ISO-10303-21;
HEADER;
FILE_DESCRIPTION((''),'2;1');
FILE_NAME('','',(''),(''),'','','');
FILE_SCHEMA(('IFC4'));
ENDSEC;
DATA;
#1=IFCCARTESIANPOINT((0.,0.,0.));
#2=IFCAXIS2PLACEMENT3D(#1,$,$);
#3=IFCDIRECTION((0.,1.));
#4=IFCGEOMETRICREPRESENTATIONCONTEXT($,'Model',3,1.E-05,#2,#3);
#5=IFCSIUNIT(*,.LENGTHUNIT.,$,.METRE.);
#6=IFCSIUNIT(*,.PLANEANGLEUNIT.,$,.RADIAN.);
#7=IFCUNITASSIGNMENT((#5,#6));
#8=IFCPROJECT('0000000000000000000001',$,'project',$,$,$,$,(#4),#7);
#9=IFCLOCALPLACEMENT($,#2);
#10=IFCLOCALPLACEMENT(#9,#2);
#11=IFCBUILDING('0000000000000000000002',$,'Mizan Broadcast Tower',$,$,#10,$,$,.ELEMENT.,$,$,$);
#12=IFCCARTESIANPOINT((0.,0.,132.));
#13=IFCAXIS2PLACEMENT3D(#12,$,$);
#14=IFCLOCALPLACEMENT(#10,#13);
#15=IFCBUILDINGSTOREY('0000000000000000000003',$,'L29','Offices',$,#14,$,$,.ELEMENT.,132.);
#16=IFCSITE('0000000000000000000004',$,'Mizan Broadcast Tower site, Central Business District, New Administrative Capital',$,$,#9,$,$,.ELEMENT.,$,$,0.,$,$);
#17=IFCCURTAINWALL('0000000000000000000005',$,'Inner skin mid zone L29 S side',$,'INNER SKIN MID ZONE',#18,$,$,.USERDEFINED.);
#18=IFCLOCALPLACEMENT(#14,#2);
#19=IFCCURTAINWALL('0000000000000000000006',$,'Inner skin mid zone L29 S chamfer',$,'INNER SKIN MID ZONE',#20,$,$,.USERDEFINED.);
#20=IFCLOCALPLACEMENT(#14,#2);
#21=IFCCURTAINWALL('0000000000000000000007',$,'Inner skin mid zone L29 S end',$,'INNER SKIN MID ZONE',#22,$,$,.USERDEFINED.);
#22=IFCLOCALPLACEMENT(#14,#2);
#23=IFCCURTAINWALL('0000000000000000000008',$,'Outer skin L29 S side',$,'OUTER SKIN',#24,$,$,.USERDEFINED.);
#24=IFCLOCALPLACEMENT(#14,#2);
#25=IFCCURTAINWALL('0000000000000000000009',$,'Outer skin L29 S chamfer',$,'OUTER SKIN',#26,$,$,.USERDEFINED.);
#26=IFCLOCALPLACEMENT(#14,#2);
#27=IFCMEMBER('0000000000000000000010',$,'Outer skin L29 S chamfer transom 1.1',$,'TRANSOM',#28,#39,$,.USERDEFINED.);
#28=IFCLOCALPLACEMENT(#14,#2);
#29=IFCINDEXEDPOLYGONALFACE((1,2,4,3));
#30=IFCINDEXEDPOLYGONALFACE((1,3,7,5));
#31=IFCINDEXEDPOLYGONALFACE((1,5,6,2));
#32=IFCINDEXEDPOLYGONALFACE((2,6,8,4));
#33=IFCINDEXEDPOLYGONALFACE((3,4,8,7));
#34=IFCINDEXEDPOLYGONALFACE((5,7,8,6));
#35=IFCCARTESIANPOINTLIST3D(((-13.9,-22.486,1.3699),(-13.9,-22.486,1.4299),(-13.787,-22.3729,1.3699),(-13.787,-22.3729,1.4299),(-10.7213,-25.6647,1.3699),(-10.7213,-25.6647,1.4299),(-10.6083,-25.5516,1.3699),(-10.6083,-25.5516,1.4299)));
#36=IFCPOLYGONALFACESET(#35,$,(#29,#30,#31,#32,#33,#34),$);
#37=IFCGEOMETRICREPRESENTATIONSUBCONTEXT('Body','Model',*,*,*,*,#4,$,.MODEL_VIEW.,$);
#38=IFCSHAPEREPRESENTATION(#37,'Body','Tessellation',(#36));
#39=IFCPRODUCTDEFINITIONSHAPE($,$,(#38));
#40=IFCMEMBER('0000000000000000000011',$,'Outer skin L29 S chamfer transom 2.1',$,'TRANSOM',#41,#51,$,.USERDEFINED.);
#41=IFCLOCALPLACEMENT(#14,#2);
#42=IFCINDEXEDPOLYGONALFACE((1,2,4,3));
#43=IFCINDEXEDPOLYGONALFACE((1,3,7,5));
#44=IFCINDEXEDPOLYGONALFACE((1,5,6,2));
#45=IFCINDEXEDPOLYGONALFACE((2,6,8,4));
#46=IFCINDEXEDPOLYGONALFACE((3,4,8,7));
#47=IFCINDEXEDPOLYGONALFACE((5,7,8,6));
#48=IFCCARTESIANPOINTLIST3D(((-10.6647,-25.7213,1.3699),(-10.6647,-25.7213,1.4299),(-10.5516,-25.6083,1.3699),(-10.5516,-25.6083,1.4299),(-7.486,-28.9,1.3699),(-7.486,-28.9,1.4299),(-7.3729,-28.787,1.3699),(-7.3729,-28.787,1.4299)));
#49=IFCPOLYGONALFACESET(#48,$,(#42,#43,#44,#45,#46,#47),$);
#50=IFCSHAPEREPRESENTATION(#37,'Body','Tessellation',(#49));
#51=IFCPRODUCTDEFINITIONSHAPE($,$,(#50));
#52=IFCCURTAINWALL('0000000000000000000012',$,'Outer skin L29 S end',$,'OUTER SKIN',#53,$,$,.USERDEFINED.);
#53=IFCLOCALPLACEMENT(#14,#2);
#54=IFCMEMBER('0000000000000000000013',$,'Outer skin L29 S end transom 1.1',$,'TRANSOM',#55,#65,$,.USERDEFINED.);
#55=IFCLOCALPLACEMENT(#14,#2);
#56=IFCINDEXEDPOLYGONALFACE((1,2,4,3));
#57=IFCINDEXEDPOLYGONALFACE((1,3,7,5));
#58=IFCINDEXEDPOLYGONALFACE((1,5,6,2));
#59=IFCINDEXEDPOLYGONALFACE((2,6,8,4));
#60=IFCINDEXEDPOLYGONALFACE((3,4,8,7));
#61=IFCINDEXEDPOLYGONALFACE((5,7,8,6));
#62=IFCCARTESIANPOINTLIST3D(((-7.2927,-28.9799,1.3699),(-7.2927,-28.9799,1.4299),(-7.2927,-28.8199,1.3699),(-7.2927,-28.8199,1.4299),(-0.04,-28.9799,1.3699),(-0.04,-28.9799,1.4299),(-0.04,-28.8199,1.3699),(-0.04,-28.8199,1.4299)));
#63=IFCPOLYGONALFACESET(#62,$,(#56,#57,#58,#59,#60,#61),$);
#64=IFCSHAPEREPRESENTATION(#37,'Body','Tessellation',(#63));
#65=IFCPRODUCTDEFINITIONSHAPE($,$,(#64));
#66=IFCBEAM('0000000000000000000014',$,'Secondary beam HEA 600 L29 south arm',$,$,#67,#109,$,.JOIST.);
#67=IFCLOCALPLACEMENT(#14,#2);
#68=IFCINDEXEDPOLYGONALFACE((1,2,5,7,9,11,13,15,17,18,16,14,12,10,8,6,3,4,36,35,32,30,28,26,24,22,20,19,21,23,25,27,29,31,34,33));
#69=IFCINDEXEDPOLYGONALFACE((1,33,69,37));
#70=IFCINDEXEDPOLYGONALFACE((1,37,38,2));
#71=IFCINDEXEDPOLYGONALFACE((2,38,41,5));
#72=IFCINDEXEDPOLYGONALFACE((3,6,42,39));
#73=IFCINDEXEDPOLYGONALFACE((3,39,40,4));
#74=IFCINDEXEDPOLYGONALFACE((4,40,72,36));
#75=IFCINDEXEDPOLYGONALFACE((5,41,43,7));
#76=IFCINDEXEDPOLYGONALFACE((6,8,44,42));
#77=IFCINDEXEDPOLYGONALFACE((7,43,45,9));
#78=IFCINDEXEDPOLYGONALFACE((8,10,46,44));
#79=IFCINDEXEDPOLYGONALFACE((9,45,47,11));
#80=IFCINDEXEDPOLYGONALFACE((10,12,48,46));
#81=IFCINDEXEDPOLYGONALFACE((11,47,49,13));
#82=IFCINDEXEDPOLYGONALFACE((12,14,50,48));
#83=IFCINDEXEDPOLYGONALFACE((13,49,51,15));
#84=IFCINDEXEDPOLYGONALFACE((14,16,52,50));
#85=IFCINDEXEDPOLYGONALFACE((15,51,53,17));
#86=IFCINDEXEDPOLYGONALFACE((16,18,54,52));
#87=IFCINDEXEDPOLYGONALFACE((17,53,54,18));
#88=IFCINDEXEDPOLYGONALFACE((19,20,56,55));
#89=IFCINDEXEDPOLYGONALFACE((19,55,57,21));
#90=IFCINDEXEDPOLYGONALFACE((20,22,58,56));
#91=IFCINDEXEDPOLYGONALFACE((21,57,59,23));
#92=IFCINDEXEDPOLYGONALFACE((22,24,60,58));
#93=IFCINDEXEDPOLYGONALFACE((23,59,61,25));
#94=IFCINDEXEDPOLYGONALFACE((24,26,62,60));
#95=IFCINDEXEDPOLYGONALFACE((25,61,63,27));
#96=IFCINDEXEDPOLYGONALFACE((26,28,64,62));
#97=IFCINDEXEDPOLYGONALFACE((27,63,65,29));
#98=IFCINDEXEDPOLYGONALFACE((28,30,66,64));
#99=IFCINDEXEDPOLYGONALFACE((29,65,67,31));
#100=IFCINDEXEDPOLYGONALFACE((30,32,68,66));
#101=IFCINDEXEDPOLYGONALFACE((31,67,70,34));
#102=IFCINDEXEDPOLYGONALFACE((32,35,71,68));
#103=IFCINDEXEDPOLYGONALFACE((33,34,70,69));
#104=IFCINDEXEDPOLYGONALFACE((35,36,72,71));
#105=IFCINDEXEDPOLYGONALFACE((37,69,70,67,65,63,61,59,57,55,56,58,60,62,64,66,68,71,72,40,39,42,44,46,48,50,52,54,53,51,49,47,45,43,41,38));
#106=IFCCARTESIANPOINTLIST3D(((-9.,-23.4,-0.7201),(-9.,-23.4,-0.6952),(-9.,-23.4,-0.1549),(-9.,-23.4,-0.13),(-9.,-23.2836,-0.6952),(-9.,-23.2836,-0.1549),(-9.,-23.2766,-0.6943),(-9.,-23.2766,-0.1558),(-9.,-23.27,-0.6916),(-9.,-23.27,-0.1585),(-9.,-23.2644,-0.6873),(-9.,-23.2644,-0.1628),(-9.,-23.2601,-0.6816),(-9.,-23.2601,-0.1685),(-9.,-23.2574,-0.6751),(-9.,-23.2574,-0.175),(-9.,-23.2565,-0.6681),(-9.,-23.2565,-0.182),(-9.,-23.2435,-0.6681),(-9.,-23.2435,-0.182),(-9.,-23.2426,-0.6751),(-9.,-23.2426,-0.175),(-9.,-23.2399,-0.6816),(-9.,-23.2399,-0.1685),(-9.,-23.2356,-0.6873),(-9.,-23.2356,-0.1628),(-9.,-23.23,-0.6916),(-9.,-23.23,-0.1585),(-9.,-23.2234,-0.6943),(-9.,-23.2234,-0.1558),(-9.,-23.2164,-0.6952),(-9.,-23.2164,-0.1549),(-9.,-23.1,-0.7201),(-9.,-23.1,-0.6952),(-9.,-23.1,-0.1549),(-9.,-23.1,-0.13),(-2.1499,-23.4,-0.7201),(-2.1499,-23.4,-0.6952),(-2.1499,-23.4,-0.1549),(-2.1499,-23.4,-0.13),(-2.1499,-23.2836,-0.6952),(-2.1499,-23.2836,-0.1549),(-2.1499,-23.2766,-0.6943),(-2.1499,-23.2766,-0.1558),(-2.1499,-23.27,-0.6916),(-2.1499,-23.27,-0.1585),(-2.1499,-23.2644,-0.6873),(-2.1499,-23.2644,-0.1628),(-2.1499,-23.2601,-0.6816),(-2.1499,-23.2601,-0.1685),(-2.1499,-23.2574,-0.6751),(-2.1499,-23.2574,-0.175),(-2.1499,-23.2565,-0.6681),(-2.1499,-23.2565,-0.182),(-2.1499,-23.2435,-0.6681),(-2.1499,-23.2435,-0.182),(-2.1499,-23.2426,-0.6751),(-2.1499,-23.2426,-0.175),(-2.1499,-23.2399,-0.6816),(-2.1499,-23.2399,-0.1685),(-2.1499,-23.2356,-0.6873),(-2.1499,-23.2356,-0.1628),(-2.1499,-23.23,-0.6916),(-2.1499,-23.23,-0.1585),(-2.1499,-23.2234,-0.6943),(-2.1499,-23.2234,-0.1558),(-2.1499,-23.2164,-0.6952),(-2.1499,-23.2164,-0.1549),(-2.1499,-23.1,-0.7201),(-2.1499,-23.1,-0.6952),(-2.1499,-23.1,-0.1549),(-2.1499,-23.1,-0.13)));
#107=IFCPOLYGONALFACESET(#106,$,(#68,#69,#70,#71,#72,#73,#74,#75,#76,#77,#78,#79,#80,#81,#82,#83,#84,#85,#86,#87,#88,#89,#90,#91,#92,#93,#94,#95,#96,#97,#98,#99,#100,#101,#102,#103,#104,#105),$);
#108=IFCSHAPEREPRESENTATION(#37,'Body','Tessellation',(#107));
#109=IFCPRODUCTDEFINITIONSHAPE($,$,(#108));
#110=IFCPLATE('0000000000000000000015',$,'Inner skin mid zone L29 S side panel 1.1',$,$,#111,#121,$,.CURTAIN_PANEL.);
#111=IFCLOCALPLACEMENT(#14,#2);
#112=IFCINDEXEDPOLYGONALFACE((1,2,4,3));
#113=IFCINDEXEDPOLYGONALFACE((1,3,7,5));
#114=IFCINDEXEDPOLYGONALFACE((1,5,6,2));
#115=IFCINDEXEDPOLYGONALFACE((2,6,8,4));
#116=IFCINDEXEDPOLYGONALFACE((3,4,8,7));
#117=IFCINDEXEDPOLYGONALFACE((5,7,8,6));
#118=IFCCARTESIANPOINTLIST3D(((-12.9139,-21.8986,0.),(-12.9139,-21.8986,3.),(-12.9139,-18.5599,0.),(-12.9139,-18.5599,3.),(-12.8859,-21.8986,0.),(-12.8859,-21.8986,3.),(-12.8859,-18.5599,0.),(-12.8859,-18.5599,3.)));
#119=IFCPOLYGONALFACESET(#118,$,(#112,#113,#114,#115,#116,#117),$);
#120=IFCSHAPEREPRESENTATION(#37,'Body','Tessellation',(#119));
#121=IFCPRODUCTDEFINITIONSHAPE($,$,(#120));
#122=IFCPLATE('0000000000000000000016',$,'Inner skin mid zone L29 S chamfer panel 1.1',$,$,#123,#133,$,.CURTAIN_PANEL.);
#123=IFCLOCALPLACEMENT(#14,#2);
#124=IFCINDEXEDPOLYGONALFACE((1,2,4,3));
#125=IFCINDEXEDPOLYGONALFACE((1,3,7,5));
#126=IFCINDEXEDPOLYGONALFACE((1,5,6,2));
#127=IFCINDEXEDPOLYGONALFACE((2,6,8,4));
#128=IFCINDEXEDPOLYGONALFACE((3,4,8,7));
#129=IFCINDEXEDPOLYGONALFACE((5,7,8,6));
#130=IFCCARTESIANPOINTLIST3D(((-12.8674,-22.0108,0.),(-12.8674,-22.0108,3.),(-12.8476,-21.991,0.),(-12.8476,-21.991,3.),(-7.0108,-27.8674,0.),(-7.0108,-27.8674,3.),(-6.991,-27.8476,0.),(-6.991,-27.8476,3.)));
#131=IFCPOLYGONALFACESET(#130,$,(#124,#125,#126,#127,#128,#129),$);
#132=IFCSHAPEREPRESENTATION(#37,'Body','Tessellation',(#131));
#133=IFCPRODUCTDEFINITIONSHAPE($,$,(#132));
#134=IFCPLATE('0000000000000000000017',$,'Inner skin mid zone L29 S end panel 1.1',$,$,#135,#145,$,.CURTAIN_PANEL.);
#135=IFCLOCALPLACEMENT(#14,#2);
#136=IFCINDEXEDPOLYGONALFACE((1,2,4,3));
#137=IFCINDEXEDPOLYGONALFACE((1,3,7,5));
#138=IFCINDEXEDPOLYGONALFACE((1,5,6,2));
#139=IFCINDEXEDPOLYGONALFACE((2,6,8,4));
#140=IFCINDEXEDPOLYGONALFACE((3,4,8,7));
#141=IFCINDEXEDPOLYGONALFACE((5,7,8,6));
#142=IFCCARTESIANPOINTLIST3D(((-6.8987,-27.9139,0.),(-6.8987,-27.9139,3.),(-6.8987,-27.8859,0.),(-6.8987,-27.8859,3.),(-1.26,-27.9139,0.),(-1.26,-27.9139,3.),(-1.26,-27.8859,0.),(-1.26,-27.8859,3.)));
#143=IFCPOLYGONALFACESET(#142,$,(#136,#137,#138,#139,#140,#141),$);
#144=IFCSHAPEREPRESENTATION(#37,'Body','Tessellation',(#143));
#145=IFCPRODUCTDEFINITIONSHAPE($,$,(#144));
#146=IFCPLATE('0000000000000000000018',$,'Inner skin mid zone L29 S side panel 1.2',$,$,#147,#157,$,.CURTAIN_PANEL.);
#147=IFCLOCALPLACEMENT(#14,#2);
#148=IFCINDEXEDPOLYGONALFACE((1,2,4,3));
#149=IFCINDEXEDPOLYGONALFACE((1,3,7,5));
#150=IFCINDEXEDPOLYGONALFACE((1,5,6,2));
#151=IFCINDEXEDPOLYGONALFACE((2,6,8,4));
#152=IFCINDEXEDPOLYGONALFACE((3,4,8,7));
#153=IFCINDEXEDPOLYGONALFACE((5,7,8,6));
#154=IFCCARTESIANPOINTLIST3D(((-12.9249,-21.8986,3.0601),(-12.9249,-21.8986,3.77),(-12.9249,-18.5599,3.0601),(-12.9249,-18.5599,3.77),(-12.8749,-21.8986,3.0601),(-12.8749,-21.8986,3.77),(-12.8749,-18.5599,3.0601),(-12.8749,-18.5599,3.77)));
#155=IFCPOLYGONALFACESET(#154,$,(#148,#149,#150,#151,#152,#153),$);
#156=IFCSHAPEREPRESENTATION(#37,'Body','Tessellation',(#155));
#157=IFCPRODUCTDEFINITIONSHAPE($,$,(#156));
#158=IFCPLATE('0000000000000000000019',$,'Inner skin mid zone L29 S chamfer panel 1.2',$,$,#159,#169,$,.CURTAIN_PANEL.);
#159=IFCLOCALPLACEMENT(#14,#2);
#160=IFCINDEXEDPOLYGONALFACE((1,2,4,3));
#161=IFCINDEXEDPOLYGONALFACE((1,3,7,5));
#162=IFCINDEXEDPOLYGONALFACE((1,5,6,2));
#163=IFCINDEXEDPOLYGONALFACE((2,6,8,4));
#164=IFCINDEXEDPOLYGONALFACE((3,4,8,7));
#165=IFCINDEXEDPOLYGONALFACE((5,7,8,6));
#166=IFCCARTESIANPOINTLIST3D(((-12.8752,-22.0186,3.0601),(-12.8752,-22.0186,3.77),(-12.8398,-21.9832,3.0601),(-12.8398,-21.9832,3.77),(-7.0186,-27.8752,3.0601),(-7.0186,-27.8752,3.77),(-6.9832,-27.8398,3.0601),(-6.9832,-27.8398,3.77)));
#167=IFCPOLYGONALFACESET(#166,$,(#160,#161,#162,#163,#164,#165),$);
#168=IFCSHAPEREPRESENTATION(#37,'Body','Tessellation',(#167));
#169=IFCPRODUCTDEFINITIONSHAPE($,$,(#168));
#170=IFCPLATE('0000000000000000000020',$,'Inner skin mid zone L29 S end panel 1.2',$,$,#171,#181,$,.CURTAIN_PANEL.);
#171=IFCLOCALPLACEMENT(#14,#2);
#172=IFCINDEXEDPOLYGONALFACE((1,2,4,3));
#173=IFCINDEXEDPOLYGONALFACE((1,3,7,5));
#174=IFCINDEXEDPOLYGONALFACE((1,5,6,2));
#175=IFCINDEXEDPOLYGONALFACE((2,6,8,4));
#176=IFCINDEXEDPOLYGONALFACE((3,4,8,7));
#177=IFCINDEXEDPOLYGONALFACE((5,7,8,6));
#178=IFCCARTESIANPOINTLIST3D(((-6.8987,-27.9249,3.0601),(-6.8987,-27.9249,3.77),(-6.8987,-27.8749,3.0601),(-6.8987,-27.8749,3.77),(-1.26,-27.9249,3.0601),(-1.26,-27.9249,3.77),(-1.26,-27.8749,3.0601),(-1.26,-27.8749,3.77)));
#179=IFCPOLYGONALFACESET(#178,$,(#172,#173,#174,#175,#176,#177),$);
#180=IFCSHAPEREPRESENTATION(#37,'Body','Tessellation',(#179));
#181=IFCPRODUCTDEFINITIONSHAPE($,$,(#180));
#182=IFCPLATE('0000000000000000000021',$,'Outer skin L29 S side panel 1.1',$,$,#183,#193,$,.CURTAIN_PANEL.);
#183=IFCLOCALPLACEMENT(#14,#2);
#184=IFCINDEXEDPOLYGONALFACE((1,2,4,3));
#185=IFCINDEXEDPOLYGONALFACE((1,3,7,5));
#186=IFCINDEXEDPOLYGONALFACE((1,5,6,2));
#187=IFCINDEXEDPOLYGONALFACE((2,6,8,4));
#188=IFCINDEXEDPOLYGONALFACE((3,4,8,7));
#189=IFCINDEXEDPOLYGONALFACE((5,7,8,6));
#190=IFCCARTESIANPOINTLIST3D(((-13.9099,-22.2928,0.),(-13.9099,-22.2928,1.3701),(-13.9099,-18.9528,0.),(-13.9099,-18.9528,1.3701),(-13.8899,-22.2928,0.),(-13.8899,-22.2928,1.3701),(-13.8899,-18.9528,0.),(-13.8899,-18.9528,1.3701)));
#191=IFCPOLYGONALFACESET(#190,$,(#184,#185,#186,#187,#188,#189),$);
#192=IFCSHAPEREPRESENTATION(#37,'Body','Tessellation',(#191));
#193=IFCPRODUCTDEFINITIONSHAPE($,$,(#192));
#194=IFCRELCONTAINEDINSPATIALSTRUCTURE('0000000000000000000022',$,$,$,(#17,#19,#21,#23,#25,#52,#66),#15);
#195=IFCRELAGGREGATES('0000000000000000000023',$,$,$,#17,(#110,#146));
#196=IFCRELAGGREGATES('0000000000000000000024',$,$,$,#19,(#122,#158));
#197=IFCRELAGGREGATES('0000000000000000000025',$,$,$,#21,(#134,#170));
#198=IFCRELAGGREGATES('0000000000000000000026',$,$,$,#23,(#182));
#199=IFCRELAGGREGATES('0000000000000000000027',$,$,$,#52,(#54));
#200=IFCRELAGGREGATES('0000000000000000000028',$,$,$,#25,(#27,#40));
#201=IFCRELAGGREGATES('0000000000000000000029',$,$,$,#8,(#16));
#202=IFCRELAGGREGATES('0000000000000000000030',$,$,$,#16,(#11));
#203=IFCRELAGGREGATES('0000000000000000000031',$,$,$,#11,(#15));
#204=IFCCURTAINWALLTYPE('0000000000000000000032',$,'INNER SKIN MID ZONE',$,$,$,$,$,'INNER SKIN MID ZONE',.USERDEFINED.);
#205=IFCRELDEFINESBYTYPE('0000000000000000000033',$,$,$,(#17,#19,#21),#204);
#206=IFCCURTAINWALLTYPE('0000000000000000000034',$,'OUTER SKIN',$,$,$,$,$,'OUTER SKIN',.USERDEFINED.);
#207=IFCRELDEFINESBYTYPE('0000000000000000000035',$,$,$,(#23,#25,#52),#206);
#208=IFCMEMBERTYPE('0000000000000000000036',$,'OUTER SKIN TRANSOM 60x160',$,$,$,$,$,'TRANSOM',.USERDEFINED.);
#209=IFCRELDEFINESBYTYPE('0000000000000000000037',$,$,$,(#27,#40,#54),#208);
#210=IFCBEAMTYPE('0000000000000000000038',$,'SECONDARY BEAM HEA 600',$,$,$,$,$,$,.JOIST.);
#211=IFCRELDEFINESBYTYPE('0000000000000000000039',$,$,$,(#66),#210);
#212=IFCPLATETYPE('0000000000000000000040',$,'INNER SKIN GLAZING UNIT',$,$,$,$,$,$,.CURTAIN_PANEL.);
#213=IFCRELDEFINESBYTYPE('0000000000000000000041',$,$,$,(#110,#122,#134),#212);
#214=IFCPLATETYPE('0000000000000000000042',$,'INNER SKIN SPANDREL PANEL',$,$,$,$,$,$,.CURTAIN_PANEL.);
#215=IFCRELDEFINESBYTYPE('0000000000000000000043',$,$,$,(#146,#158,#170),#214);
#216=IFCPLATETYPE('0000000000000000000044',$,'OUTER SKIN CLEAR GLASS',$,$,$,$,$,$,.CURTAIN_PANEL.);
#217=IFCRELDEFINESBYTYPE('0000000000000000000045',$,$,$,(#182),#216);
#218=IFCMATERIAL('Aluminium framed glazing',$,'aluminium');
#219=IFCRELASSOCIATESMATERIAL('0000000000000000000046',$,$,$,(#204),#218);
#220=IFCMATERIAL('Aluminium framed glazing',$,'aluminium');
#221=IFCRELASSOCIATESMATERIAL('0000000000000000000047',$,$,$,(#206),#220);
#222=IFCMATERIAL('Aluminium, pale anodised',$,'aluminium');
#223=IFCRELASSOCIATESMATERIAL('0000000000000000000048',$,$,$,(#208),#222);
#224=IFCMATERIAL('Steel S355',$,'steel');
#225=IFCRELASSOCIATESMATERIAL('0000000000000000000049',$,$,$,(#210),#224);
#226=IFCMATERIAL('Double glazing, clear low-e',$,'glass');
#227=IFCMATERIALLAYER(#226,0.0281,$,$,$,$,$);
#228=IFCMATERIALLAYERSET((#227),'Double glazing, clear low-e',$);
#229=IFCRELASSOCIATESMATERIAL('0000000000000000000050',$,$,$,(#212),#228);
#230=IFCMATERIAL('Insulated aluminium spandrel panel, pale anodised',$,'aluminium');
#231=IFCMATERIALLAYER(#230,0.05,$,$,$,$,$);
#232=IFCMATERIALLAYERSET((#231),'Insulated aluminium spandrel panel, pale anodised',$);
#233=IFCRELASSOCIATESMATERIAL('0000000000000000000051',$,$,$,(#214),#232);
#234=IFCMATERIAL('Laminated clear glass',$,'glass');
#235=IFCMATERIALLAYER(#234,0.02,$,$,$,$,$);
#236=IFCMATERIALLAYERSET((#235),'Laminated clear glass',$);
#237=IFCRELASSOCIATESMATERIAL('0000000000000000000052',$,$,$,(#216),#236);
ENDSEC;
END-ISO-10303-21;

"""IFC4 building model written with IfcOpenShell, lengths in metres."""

from ifc_helpers import new_model, si_unit, direction, frame, origin, origin_2d, place, context, subcontext, project, spatial, rectangle, i_section, extrude, material, layer, layer_set, material_profile, profile_set, type_object, element, aggregate, save


model = new_model("IFC4")

# Units and contexts
model_context = context("Model", 3, precision=1e-05, world=origin(), true_north=direction((0.0, 1.0)))
body_context = subcontext(model_context, "Body", "Model", "MODEL_VIEW")
ifc_project = project(units=[si_unit("LENGTHUNIT", "METRE"), si_unit("PLANEANGLEUNIT", "RADIAN")], contexts=[model_context])

# Site, building, storey
site_placement = place(None, origin())
site = spatial("IfcSite", under=ifc_project, at=site_placement, Name="Mizan Broadcast Tower site, Central Business District, New Administrative Capital", CompositionType="ELEMENT", RefElevation=0.0)
building_placement = place(site_placement, origin())
building = spatial("IfcBuilding", under=site, at=building_placement, Name="Mizan Broadcast Tower", CompositionType="ELEMENT")
storey_placement = place(building_placement, frame((0.0, 0.0, 132.0)))
storey = spatial("IfcBuildingStorey", under=building, at=storey_placement, Name="L29", Description="Offices", CompositionType="ELEMENT", Elevation=132.0)

# Curtain walls
ifc_material_1 = material(Name="Aluminium framed glazing", Category="aluminium")
curtain_wall_type_1 = type_object("IfcCurtainWallType", Name="INNER SKIN MID ZONE", ElementType="INNER SKIN MID ZONE", PredefinedType="USERDEFINED", material=ifc_material_1)
curtain_wall_1_placement = place(storey_placement, origin())
curtain_wall_1 = element("IfcCurtainWall", 1, at=curtain_wall_1_placement, inside=storey, type_object=curtain_wall_type_1, Name="Inner skin mid zone L29 S side", ObjectType="INNER SKIN MID ZONE", PredefinedType="USERDEFINED")
curtain_wall_2_placement = place(storey_placement, origin())
curtain_wall_2 = element("IfcCurtainWall", 2, at=curtain_wall_2_placement, inside=storey, type_object=curtain_wall_type_1, Name="Inner skin mid zone L29 S chamfer", ObjectType="INNER SKIN MID ZONE", PredefinedType="USERDEFINED")
curtain_wall_3_placement = place(storey_placement, origin())
curtain_wall_3 = element("IfcCurtainWall", 3, at=curtain_wall_3_placement, inside=storey, type_object=curtain_wall_type_1, Name="Inner skin mid zone L29 S end", ObjectType="INNER SKIN MID ZONE", PredefinedType="USERDEFINED")

# Curtain wall
ifc_material_2 = material(Name="Aluminium framed glazing", Category="aluminium")
curtain_wall_type_2 = type_object("IfcCurtainWallType", Name="OUTER SKIN", ElementType="OUTER SKIN", PredefinedType="USERDEFINED", material=ifc_material_2)
curtain_wall_4_placement = place(storey_placement, origin())
curtain_wall_4 = element("IfcCurtainWall", 4, at=curtain_wall_4_placement, inside=storey, type_object=curtain_wall_type_2, Name="Outer skin L29 S side", ObjectType="OUTER SKIN", PredefinedType="USERDEFINED")

# Curtain wall, members
curtain_wall_5_placement = place(storey_placement, origin())
curtain_wall_5 = element("IfcCurtainWall", 5, at=curtain_wall_5_placement, inside=storey, type_object=curtain_wall_type_2, Name="Outer skin L29 S chamfer", ObjectType="OUTER SKIN", PredefinedType="USERDEFINED")
ifc_material_3 = material(Name="Aluminium, pale anodised", Category="aluminium")
ifc_material_profile_1 = material_profile(ifc_material_3, rectangle(XDim=0.1599, YDim=0.0601, at=origin_2d()), Name="TRANSOM 160x60")
ifc_profile_set_1 = profile_set([ifc_material_profile_1], Name="Aluminium, pale anodised")
member_type_1 = type_object("IfcMemberType", Name="OUTER SKIN TRANSOM 60x160", ElementType="TRANSOM", PredefinedType="USERDEFINED", material=ifc_profile_set_1)
member_1_placement = place(storey_placement, frame((-13.8435, -22.4294, 1.3999), z_axis=(0.707107, -0.707107, 0.0), x_axis=(0.707107, 0.707107, 0.0)))
member_1 = element("IfcMember", 6, at=member_1_placement, type_object=member_type_1, Name="Outer skin L29 S chamfer transom 1.1", ObjectType="TRANSOM", PredefinedType="USERDEFINED", context=body_context, shape_type="SweptSolid", body=[
    extrude(rectangle(XDim=0.1599, YDim=0.0601, at=origin_2d()), origin(), (0.0, 0.0, 1.0), 4.4954),
])
member_2_placement = place(storey_placement, frame((-10.6082, -25.6648, 1.3999), z_axis=(0.707107, -0.707107, 0.0), x_axis=(0.707107, 0.707107, 0.0)))
member_2 = element("IfcMember", 7, at=member_2_placement, type_object=member_type_1, Name="Outer skin L29 S chamfer transom 2.1", ObjectType="TRANSOM", PredefinedType="USERDEFINED", context=body_context, shape_type="SweptSolid", body=[
    extrude(rectangle(XDim=0.1599, YDim=0.0601, at=origin_2d()), origin(), (0.0, 0.0, 1.0), 4.4954),
])

# Curtain wall, member
curtain_wall_6_placement = place(storey_placement, origin())
curtain_wall_6 = element("IfcCurtainWall", 8, at=curtain_wall_6_placement, inside=storey, type_object=curtain_wall_type_2, Name="Outer skin L29 S end", ObjectType="OUTER SKIN", PredefinedType="USERDEFINED")
member_3_placement = place(storey_placement, frame((-7.2927, -28.8999, 1.3999), z_axis=(1.0, 0.0, 0.0), x_axis=(0.0, 1.0, 0.0)))
member_3 = element("IfcMember", 9, at=member_3_placement, type_object=member_type_1, Name="Outer skin L29 S end transom 1.1", ObjectType="TRANSOM", PredefinedType="USERDEFINED", context=body_context, shape_type="SweptSolid", body=[
    extrude(rectangle(XDim=0.1599, YDim=0.0601, at=origin_2d()), origin(), (0.0, 0.0, 1.0), 7.2527),
])

# Beam
ifc_material_4 = material(Name="Steel S355", Category="steel")
ifc_material_profile_2 = material_profile(ifc_material_4, i_section(OverallWidth=0.3, OverallDepth=0.5901, WebThickness=0.0129, FlangeThickness=0.0249, FilletRadius=0.0271, at=origin_2d()), Name="HEA 600")
ifc_profile_set_2 = profile_set([ifc_material_profile_2], Name="Steel S355")
beam_type_1 = type_object("IfcBeamType", Name="SECONDARY BEAM HEA 600", PredefinedType="JOIST", material=ifc_profile_set_2)
beam_1_placement = place(storey_placement, frame((-9.0, -23.25, -0.425), z_axis=(1.0, 0.0, 0.0), x_axis=(0.0, 1.0, 0.0)))
element("IfcBeam", 10, at=beam_1_placement, inside=storey, type_object=beam_type_1, Name="Secondary beam HEA 600 L29 south arm", PredefinedType="JOIST", context=body_context, shape_type="SweptSolid", body=[
    extrude(i_section(OverallWidth=0.3, OverallDepth=0.5901, WebThickness=0.0129, FlangeThickness=0.0249, FilletRadius=0.0271, at=origin_2d()), origin(), (0.0, 0.0, 1.0), 6.8501),
])

# Plates
ifc_material_5 = material(Name="Double glazing, clear low-e", Category="glass")
ifc_layer_1 = layer(ifc_material_5, 0.0281)
ifc_layer_set_1 = layer_set([ifc_layer_1], Name="Double glazing, clear low-e")
plate_type_1 = type_object("IfcPlateType", Name="INNER SKIN GLAZING UNIT", PredefinedType="CURTAIN_PANEL", material=ifc_layer_set_1)
plate_1_placement = place(storey_placement, frame((-12.8999, -20.2292, 0.0), z_axis=(0.0, 0.0, 1.0), x_axis=(0.0, -1.0, 0.0)))
plate_1 = element("IfcPlate", 11, at=plate_1_placement, type_object=plate_type_1, Name="Inner skin mid zone L29 S side panel 1.1", PredefinedType="CURTAIN_PANEL", context=body_context, shape_type="SweptSolid", body=[
    extrude(rectangle(XDim=3.3386, YDim=0.0281, at=origin_2d()), origin(), (0.0, 0.0, 1.0), 3.0),
])
plate_2_placement = place(storey_placement, frame((-9.9292, -24.9292, 0.0), z_axis=(0.0, 0.0, 1.0), x_axis=(0.707107, -0.707107, 0.0)))
plate_2 = element("IfcPlate", 12, at=plate_2_placement, type_object=plate_type_1, Name="Inner skin mid zone L29 S chamfer panel 1.1", PredefinedType="CURTAIN_PANEL", context=body_context, shape_type="SweptSolid", body=[
    extrude(rectangle(XDim=8.2825, YDim=0.0281, at=origin_2d()), origin(), (0.0, 0.0, 1.0), 3.0),
])
plate_3_placement = place(storey_placement, frame((-4.0793, -27.8999, 0.0), z_axis=(0.0, 0.0, 1.0), x_axis=(1.0, 0.0, 0.0)))
plate_3 = element("IfcPlate", 13, at=plate_3_placement, type_object=plate_type_1, Name="Inner skin mid zone L29 S end panel 1.1", PredefinedType="CURTAIN_PANEL", context=body_context, shape_type="SweptSolid", body=[
    extrude(rectangle(XDim=5.6387, YDim=0.0281, at=origin_2d()), origin(), (0.0, 0.0, 1.0), 3.0),
])
ifc_material_6 = material(Name="Insulated aluminium spandrel panel, pale anodised", Category="aluminium")
ifc_layer_2 = layer(ifc_material_6, 0.05)
ifc_layer_set_2 = layer_set([ifc_layer_2], Name="Insulated aluminium spandrel panel, pale anodised")
plate_type_2 = type_object("IfcPlateType", Name="INNER SKIN SPANDREL PANEL", PredefinedType="CURTAIN_PANEL", material=ifc_layer_set_2)
plate_4_placement = place(storey_placement, frame((-12.8999, -20.2292, 3.0601), z_axis=(0.0, 0.0, 1.0), x_axis=(0.0, -1.0, 0.0)))
plate_4 = element("IfcPlate", 14, at=plate_4_placement, type_object=plate_type_2, Name="Inner skin mid zone L29 S side panel 1.2", PredefinedType="CURTAIN_PANEL", context=body_context, shape_type="SweptSolid", body=[
    extrude(rectangle(XDim=3.3386, YDim=0.05, at=origin_2d()), origin(), (0.0, 0.0, 1.0), 0.71),
])
aggregate(curtain_wall_1, [plate_1, plate_4])
plate_5_placement = place(storey_placement, frame((-9.9292, -24.9292, 3.0601), z_axis=(0.0, 0.0, 1.0), x_axis=(0.707107, -0.707107, 0.0)))
plate_5 = element("IfcPlate", 15, at=plate_5_placement, type_object=plate_type_2, Name="Inner skin mid zone L29 S chamfer panel 1.2", PredefinedType="CURTAIN_PANEL", context=body_context, shape_type="SweptSolid", body=[
    extrude(rectangle(XDim=8.2825, YDim=0.05, at=origin_2d()), origin(), (0.0, 0.0, 1.0), 0.71),
])
aggregate(curtain_wall_2, [plate_2, plate_5])
plate_6_placement = place(storey_placement, frame((-4.0793, -27.8999, 3.0601), z_axis=(0.0, 0.0, 1.0), x_axis=(1.0, 0.0, 0.0)))
plate_6 = element("IfcPlate", 16, at=plate_6_placement, type_object=plate_type_2, Name="Inner skin mid zone L29 S end panel 1.2", PredefinedType="CURTAIN_PANEL", context=body_context, shape_type="SweptSolid", body=[
    extrude(rectangle(XDim=5.6387, YDim=0.05, at=origin_2d()), origin(), (0.0, 0.0, 1.0), 0.71),
])
aggregate(curtain_wall_3, [plate_3, plate_6])
ifc_material_7 = material(Name="Laminated clear glass", Category="glass")
ifc_layer_3 = layer(ifc_material_7, 0.02)
ifc_layer_set_3 = layer_set([ifc_layer_3], Name="Laminated clear glass")
plate_type_3 = type_object("IfcPlateType", Name="OUTER SKIN CLEAR GLASS", PredefinedType="CURTAIN_PANEL", material=ifc_layer_set_3)
plate_7_placement = place(storey_placement, frame((-13.8999, -20.6228, 0.0), z_axis=(0.0, 0.0, 1.0), x_axis=(0.0, -1.0, 0.0)))
plate_7 = element("IfcPlate", 17, at=plate_7_placement, type_object=plate_type_3, Name="Outer skin L29 S side panel 1.1", PredefinedType="CURTAIN_PANEL", context=body_context, shape_type="SweptSolid", body=[
    extrude(rectangle(XDim=3.3401, YDim=0.02, at=origin_2d()), origin(), (0.0, 0.0, 1.0), 1.3701),
])
aggregate(curtain_wall_4, [plate_7])
aggregate(curtain_wall_6, [member_3])
aggregate(curtain_wall_5, [member_1, member_2])

save(model, "model.ifc")
